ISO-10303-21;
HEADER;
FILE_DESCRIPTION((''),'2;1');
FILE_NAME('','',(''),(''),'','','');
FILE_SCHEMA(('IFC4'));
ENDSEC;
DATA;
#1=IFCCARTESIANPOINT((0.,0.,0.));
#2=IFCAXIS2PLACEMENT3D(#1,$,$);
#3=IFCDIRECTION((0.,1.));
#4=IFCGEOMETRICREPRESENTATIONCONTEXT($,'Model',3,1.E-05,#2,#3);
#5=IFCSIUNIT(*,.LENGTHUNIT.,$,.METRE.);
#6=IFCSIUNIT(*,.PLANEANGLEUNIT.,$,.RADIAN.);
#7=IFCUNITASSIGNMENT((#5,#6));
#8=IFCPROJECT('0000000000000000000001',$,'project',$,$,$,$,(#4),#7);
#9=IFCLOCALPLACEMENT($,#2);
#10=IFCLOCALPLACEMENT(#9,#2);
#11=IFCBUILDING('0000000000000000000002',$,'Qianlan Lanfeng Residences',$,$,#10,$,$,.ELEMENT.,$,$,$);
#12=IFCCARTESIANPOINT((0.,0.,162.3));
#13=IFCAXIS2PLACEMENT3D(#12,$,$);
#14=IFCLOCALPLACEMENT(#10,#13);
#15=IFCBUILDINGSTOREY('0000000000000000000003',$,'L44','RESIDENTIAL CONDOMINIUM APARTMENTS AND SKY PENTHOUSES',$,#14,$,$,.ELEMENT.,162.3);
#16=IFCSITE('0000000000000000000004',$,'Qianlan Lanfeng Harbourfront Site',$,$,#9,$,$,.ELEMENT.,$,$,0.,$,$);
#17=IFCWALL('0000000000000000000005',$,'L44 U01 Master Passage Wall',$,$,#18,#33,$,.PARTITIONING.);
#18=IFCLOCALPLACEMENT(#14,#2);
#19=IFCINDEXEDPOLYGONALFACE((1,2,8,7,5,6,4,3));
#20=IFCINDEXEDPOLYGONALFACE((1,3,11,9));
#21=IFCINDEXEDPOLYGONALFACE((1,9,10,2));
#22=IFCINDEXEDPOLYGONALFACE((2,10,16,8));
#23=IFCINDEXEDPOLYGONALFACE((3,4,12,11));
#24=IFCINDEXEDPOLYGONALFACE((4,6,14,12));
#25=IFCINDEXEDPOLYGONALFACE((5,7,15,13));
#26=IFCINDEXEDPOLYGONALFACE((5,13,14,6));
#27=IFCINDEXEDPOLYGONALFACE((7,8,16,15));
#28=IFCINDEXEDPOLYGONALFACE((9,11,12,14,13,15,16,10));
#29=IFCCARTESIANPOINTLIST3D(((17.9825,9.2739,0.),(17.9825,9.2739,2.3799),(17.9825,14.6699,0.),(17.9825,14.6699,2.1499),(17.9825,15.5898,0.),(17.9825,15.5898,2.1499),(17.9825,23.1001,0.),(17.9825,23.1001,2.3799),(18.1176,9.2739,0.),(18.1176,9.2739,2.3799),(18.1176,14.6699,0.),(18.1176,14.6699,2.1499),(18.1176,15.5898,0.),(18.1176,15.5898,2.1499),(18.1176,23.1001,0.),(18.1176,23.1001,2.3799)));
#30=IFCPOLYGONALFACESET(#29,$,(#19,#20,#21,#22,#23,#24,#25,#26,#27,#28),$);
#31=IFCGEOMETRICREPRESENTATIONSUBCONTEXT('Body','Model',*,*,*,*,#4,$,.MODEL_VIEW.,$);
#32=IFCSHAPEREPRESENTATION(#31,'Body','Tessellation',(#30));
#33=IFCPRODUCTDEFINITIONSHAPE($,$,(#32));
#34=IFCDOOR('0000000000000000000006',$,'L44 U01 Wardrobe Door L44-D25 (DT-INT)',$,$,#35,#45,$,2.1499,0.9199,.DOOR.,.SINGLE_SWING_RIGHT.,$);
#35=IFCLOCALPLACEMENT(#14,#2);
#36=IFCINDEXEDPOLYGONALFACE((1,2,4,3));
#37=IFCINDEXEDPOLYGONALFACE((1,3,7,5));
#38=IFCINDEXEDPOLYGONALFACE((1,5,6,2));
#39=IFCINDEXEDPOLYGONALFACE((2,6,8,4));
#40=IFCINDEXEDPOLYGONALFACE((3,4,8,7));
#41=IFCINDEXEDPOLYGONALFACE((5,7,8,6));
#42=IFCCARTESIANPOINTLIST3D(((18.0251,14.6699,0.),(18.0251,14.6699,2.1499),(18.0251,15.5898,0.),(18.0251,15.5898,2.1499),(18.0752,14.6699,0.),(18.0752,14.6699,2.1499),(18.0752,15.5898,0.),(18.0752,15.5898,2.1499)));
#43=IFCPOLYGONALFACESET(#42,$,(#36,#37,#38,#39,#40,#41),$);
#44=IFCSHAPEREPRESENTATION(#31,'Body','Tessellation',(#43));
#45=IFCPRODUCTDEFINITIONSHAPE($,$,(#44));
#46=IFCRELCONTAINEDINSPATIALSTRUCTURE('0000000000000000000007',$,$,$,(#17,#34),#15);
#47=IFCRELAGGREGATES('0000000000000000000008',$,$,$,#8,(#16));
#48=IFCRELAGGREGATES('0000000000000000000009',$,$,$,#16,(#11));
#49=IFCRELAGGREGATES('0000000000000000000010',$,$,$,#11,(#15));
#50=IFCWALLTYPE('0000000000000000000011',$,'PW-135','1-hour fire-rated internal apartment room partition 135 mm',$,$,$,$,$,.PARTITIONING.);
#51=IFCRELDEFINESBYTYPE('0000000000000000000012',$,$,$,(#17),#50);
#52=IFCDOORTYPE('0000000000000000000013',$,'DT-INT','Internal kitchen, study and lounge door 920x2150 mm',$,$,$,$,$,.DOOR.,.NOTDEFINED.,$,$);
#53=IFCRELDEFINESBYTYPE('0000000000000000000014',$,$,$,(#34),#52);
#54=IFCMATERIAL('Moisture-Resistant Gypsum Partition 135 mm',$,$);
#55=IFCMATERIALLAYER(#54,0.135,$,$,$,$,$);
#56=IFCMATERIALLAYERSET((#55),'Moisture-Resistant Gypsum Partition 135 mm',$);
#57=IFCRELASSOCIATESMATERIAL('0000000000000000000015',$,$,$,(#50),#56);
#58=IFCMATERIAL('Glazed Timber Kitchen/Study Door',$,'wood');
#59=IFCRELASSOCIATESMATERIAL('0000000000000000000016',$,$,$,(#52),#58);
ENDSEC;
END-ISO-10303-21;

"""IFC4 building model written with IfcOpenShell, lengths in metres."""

from ifc_helpers import new_model, si_unit, direction, frame, frame_2d, origin, place, context, subcontext, project, spatial, rectangle, extrude, material, layer, layer_set, type_object, element, fill, save


model = new_model("IFC4")

# Units and contexts
model_context = context("Model", 3, precision=1e-05, world=origin(), true_north=direction((0.0, 1.0)))
body_context = subcontext(model_context, "Body", "Model", "MODEL_VIEW")
ifc_project = project(units=[si_unit("LENGTHUNIT", "METRE"), si_unit("PLANEANGLEUNIT", "RADIAN")], contexts=[model_context])

# Site, building, storey
site_placement = place(None, origin())
site = spatial("IfcSite", under=ifc_project, at=site_placement, Name="Qianlan Lanfeng Harbourfront Site", CompositionType="ELEMENT", RefElevation=0.0)
building_placement = place(site_placement, origin())
building = spatial("IfcBuilding", under=site, at=building_placement, Name="Qianlan Lanfeng Residences", CompositionType="ELEMENT")
storey_placement = place(building_placement, frame((0.0, 0.0, 162.3)))
storey = spatial("IfcBuildingStorey", under=building, at=storey_placement, Name="L44", Description="RESIDENTIAL CONDOMINIUM APARTMENTS AND SKY PENTHOUSES", CompositionType="ELEMENT", Elevation=162.3)

# Shared definitions
ifc_material_1 = material(Name="Moisture-Resistant Gypsum Partition 135 mm")
ifc_layer_1 = layer(ifc_material_1, 0.135)
ifc_layer_set_1 = layer_set([ifc_layer_1], Name="Moisture-Resistant Gypsum Partition 135 mm")
wall_type_1 = type_object("IfcWallType", Name="PW-135", Description="1-hour fire-rated internal apartment room partition 135 mm", PredefinedType="PARTITIONING", material=ifc_layer_set_1)
ifc_material_2 = material(Name="Glazed Timber Kitchen/Study Door", Category="wood")
door_type_1 = type_object("IfcDoorType", Name="DT-INT", Description="Internal kitchen, study and lounge door 920x2150 mm", OperationType="NOTDEFINED", PredefinedType="DOOR", material=ifc_material_2)

# Wall, opening, door
wall_1_placement = place(storey_placement, frame((18.05, 9.2739, 0.0), z_axis=(0.0, 0.0, 1.0), x_axis=(0.0, 1.0, 0.0)))
wall_1 = element("IfcWall", 1, at=wall_1_placement, inside=storey, type_object=wall_type_1, Name="L44 U01 Master Passage Wall", PredefinedType="PARTITIONING", context=body_context, shape_type="SweptSolid", body=[
    extrude(rectangle(XDim=13.8262, YDim=0.135, at=frame_2d((6.9131, 0.0))), origin(), (0.0, 0.0, 1.0), 2.3799),
])
opening_1_placement = place(wall_1_placement, frame((5.396, 0.0, 0.0)))
opening_1 = element("IfcOpeningElement", 2, at=opening_1_placement, cuts=wall_1, PredefinedType="OPENING", context=body_context, shape_type="SweptSolid", body=[
    extrude(rectangle(XDim=0.9199, YDim=2.1499, at=frame_2d((0.46, 1.075))), frame((0.0, 0.0776, 0.0), z_axis=(0.0, -1.0, 0.0), x_axis=(1.0, 0.0, 0.0)), (0.0, 0.0, 1.0), 0.155),
])
door_1_placement = place(opening_1_placement, origin())
door_1 = element("IfcDoor", 3, at=door_1_placement, inside=storey, type_object=door_type_1, Name="L44 U01 Wardrobe Door L44-D25 (DT-INT)", OperationType="SINGLE_SWING_RIGHT", OverallHeight=2.1499, OverallWidth=0.9199, PredefinedType="DOOR", context=body_context, shape_type="SweptSolid", body=[
    extrude(rectangle(XDim=0.9199, YDim=2.1499, at=frame_2d((0.46, 1.075))), frame((0.0, 0.0249, 0.0), z_axis=(0.0, -1.0, 0.0), x_axis=(1.0, 0.0, 0.0)), (0.0, 0.0, 1.0), 0.05),
])
fill(opening_1, door_1)

save(model, "model.ifc")
